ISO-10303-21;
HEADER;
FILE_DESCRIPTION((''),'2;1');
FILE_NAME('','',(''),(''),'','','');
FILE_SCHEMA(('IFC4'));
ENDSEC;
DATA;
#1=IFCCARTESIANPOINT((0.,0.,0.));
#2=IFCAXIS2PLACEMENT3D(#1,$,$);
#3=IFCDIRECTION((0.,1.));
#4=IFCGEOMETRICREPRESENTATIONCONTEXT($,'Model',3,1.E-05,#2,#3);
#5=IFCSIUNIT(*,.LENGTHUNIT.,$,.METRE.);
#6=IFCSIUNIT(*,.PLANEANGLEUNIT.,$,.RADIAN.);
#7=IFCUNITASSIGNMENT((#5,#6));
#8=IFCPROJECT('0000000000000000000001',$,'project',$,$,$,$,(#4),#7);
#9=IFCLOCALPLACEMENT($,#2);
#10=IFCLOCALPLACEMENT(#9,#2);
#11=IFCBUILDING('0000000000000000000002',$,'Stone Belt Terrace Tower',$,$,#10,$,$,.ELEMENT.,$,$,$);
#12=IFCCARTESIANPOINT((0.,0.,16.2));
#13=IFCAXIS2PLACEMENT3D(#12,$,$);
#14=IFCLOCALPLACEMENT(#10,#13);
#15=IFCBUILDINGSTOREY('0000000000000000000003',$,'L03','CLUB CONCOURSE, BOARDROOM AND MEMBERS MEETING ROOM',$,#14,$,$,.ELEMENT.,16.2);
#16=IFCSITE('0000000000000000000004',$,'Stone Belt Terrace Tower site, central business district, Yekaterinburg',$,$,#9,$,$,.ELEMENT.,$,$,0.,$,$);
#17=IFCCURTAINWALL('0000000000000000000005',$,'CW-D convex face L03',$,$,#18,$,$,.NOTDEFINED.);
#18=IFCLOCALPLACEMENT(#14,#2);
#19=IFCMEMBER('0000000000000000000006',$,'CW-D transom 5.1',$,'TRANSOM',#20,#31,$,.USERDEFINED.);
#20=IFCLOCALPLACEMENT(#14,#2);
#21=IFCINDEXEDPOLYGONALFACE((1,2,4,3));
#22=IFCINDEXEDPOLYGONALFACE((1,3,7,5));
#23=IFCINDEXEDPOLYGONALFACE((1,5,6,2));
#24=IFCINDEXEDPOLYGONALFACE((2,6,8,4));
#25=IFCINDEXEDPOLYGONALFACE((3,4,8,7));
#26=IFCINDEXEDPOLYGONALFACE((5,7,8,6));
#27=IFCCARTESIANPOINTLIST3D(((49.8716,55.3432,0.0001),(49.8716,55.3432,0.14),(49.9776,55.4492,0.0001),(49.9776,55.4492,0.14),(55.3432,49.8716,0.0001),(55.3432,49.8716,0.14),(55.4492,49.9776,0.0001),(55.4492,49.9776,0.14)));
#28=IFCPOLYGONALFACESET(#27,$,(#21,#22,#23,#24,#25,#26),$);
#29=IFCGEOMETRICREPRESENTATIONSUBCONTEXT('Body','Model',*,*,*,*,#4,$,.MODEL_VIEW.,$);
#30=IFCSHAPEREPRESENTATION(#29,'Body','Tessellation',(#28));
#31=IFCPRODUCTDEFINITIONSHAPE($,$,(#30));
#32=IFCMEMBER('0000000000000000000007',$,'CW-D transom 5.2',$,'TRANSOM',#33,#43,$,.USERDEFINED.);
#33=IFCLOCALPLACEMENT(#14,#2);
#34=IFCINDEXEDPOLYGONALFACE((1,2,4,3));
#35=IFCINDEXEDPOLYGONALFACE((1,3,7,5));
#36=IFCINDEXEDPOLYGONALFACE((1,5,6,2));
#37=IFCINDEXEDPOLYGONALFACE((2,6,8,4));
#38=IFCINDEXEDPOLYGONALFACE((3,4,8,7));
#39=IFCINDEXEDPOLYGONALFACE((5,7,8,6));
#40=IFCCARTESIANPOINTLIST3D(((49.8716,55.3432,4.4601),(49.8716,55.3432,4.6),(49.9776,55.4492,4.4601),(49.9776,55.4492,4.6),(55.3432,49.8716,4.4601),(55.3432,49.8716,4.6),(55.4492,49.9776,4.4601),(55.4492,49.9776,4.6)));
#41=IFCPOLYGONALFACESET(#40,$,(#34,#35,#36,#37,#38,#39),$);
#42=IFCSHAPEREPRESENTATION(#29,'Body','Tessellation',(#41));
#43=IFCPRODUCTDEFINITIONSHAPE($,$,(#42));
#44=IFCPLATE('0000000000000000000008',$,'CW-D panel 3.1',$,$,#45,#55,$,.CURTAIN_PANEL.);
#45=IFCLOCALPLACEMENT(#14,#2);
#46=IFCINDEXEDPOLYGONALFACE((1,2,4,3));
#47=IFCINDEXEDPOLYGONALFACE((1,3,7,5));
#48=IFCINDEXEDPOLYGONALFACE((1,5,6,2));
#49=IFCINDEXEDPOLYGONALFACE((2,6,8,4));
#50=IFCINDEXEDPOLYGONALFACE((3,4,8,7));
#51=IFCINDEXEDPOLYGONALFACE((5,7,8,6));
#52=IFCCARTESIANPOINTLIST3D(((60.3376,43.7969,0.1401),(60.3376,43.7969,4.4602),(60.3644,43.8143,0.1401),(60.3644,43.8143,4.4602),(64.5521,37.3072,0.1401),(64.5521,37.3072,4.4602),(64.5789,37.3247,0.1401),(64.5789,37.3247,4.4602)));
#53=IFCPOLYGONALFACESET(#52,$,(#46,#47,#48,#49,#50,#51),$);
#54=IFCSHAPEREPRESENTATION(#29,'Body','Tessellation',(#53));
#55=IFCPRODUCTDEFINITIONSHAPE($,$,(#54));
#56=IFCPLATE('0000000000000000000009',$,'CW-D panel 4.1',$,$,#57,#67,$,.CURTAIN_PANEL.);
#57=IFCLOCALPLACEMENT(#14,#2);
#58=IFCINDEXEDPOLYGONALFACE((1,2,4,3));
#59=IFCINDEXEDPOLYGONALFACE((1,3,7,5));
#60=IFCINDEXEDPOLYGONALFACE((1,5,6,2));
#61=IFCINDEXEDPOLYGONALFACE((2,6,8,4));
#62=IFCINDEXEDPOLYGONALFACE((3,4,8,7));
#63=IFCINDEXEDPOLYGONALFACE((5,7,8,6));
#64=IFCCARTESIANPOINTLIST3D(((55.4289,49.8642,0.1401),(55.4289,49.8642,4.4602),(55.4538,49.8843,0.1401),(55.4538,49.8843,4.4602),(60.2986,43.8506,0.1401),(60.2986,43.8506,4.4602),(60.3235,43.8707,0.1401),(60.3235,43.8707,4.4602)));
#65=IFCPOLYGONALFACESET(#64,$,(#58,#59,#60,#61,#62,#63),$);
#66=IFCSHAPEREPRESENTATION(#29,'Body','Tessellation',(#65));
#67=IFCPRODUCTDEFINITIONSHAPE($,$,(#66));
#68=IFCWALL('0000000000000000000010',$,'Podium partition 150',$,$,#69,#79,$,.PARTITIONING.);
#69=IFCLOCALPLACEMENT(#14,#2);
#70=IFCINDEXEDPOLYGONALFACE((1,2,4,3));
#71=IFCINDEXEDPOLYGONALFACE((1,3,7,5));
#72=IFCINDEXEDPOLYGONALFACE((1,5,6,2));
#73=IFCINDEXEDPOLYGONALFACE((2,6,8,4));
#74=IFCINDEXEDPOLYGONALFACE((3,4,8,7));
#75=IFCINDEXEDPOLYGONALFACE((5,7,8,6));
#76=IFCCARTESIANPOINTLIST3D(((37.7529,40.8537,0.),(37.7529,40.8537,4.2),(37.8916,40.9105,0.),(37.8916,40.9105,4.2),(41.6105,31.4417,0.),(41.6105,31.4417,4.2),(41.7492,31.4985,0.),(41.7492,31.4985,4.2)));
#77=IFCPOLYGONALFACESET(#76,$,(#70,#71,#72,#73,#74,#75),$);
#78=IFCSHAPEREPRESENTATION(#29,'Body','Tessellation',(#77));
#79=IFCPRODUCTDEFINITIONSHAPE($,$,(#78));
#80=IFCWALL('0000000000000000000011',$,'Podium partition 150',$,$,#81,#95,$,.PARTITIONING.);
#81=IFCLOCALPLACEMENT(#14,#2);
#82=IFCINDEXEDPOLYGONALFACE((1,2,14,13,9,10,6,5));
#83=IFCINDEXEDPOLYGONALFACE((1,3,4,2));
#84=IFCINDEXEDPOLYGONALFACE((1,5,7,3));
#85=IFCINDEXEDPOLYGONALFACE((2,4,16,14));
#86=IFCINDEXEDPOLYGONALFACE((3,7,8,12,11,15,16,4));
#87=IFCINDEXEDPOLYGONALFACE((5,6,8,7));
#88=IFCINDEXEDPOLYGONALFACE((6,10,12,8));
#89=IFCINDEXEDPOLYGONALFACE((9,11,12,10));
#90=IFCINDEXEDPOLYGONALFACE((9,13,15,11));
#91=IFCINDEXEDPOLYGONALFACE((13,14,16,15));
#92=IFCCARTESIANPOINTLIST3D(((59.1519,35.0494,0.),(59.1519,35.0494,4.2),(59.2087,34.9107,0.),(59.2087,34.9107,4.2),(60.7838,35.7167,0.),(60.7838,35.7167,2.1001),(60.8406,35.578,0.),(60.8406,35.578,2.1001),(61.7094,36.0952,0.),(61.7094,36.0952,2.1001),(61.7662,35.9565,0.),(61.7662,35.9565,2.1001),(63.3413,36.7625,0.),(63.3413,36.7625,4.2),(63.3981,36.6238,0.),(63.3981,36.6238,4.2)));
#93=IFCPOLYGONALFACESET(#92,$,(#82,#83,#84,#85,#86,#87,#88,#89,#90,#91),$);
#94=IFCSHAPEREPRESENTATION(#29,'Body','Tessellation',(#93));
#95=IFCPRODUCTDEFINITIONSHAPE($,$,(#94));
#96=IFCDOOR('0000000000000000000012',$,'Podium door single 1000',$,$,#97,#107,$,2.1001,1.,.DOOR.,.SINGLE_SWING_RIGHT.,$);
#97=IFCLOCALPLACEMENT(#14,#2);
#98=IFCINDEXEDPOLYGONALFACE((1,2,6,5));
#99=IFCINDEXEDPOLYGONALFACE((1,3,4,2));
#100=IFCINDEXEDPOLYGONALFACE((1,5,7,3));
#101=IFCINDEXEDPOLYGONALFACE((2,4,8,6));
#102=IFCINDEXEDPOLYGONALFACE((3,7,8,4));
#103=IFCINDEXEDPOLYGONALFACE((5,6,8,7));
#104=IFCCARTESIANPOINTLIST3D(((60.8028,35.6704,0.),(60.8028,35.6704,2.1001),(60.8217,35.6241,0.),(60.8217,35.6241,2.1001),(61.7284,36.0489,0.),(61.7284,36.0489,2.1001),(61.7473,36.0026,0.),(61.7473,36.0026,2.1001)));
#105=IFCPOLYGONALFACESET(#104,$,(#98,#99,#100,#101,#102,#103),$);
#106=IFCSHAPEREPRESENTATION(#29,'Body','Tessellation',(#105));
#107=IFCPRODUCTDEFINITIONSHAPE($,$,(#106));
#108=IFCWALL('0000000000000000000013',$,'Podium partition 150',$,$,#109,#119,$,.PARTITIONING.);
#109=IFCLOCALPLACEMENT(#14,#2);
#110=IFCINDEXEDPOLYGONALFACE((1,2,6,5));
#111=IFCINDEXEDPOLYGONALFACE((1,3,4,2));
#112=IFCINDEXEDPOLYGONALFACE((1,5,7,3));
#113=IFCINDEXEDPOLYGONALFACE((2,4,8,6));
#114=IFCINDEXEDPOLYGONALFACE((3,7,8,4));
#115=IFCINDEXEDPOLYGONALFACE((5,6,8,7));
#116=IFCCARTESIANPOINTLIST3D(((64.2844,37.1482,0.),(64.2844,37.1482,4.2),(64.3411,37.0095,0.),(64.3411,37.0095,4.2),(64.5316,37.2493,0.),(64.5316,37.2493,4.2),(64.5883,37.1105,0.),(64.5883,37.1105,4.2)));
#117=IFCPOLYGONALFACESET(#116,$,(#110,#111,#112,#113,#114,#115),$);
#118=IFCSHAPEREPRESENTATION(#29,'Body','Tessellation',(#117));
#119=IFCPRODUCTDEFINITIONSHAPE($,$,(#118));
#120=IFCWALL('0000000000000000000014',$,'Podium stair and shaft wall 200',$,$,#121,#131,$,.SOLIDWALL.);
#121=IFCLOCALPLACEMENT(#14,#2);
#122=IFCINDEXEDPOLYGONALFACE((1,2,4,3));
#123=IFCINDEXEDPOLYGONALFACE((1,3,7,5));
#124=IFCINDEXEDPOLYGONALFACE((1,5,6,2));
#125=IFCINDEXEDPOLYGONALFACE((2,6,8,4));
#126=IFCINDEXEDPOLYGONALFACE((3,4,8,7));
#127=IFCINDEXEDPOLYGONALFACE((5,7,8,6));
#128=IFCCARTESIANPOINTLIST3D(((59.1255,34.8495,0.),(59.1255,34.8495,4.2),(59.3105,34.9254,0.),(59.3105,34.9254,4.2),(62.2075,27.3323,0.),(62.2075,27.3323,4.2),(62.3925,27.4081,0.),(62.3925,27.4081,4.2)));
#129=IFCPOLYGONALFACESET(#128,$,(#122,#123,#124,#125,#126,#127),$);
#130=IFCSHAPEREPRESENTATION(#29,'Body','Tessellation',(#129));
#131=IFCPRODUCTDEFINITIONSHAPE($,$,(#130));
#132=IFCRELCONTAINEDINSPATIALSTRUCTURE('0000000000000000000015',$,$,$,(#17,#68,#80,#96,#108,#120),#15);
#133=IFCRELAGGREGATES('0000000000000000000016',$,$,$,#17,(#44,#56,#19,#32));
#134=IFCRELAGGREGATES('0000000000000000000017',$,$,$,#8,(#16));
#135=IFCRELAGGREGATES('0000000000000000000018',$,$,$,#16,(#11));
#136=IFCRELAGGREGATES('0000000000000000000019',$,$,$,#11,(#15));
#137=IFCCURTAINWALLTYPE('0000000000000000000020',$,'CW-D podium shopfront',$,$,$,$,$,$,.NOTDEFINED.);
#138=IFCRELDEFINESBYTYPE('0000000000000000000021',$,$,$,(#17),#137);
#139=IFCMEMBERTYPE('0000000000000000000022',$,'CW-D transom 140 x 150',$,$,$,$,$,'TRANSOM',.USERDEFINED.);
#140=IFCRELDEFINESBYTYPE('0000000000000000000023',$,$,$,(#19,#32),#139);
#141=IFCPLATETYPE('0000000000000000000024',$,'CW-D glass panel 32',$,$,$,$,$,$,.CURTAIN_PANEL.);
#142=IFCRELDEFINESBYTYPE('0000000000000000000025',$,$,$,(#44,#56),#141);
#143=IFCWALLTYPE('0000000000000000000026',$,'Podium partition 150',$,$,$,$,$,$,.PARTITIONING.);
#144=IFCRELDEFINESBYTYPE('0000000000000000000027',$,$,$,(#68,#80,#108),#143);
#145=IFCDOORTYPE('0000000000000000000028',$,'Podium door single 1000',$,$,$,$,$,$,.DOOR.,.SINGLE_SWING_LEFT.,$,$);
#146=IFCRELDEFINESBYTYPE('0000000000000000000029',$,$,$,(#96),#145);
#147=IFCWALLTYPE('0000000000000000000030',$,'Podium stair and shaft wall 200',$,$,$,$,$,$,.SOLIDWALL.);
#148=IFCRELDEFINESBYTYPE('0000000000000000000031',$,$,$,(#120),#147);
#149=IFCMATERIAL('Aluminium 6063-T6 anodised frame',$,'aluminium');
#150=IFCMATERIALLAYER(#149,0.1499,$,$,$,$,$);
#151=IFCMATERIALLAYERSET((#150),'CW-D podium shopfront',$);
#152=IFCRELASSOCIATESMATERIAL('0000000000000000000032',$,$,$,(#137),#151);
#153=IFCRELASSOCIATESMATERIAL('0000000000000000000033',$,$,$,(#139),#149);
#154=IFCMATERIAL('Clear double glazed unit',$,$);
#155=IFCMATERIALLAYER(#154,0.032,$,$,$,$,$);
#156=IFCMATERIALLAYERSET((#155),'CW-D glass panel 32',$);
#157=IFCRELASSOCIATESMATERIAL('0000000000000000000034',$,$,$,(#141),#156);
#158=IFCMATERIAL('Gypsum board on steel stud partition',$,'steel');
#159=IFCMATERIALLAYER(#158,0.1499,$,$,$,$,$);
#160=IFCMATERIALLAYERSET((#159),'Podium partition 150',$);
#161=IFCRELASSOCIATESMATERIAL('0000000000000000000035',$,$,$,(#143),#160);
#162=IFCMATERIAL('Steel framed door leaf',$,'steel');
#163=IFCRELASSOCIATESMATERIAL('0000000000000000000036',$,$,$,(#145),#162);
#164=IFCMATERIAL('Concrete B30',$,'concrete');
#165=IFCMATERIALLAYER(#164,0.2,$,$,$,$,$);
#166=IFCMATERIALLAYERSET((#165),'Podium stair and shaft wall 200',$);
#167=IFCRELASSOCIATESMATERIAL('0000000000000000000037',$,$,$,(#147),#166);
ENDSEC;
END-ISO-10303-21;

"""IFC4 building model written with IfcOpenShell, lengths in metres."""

from ifc_helpers import new_model, si_unit, direction, frame, frame_2d, origin, origin_2d, place, context, subcontext, project, spatial, rectangle, extrude, material, layer, layer_set, material_profile, profile_set, type_object, element, fill, aggregate, save


model = new_model("IFC4")

# Units and contexts
model_context = context("Model", 3, precision=1e-05, world=origin(), true_north=direction((0.0, 1.0)))
body_context = subcontext(model_context, "Body", "Model", "MODEL_VIEW")
ifc_project = project(units=[si_unit("LENGTHUNIT", "METRE"), si_unit("PLANEANGLEUNIT", "RADIAN")], contexts=[model_context])

# Site, building, storey
site_placement = place(None, origin())
site = spatial("IfcSite", under=ifc_project, at=site_placement, Name="Stone Belt Terrace Tower site, central business district, Yekaterinburg", CompositionType="ELEMENT", RefElevation=0.0)
building_placement = place(site_placement, origin())
building = spatial("IfcBuilding", under=site, at=building_placement, Name="Stone Belt Terrace Tower", CompositionType="ELEMENT")
storey_placement = place(building_placement, frame((0.0, 0.0, 16.2)))
storey = spatial("IfcBuildingStorey", under=building, at=storey_placement, Name="L03", Description="CLUB CONCOURSE, BOARDROOM AND MEMBERS MEETING ROOM", CompositionType="ELEMENT", Elevation=16.2)

# Curtain wall, members, plates
ifc_material_1 = material(Name="Aluminium 6063-T6 anodised frame", Category="aluminium")
ifc_layer_1 = layer(ifc_material_1, 0.1499)
ifc_layer_set_1 = layer_set([ifc_layer_1], Name="CW-D podium shopfront")
curtain_wall_type = type_object("IfcCurtainWallType", Name="CW-D podium shopfront", PredefinedType="NOTDEFINED", material=ifc_layer_set_1)
curtain_wall_placement = place(storey_placement, origin())
curtain_wall = element("IfcCurtainWall", 1, at=curtain_wall_placement, inside=storey, type_object=curtain_wall_type, Name="CW-D convex face L03", PredefinedType="NOTDEFINED")
ifc_material_profile_1 = material_profile(ifc_material_1, rectangle(XDim=0.1499, YDim=0.1399, at=origin_2d()), Name="Aluminium 6063-T6 150x140")
ifc_profile_set_1 = profile_set([ifc_material_profile_1], Name="Aluminium 6063-T6 anodised frame")
member_type_1 = type_object("IfcMemberType", Name="CW-D transom 140 x 150", ElementType="TRANSOM", PredefinedType="USERDEFINED", material=ifc_profile_set_1)
member_1_placement = place(storey_placement, frame((55.3962, 49.9246, 0.0701), z_axis=(-0.707107, 0.707107, 0.0), x_axis=(-0.707107, -0.707107, 0.0)))
member_1 = element("IfcMember", 2, at=member_1_placement, type_object=member_type_1, Name="CW-D transom 5.1", ObjectType="TRANSOM", PredefinedType="USERDEFINED", context=body_context, shape_type="SweptSolid", body=[
    extrude(rectangle(XDim=0.1499, YDim=0.1399, at=origin_2d()), origin(), (0.0, 0.0, 1.0), 7.738),
])
member_2_placement = place(storey_placement, frame((55.3962, 49.9246, 4.53), z_axis=(-0.707107, 0.707107, 0.0), x_axis=(-0.707107, -0.707107, 0.0)))
member_2 = element("IfcMember", 3, at=member_2_placement, type_object=member_type_1, Name="CW-D transom 5.2", ObjectType="TRANSOM", PredefinedType="USERDEFINED", context=body_context, shape_type="SweptSolid", body=[
    extrude(rectangle(XDim=0.1499, YDim=0.1399, at=origin_2d()), origin(), (0.0, 0.0, 1.0), 7.738),
])
ifc_material_2 = material(Name="Clear double glazed unit")
ifc_layer_2 = layer(ifc_material_2, 0.032)
ifc_layer_set_2 = layer_set([ifc_layer_2], Name="CW-D glass panel 32")
plate_type = type_object("IfcPlateType", Name="CW-D glass panel 32", PredefinedType="CURTAIN_PANEL", material=ifc_layer_set_2)
plate_1_placement = place(storey_placement, frame((62.4583, 40.5608, 0.1401), z_axis=(0.0, 0.0, 1.0), x_axis=(-0.544639, 0.838671, 0.0)))
plate_1 = element("IfcPlate", 4, at=plate_1_placement, type_object=plate_type, Name="CW-D panel 3.1", PredefinedType="CURTAIN_PANEL", context=body_context, shape_type="SweptSolid", body=[
    extrude(rectangle(XDim=7.738, YDim=0.032, at=origin_2d()), origin(), (0.0, 0.0, 1.0), 4.3201),
])
plate_2_placement = place(storey_placement, frame((57.8762, 46.8674, 0.1401), z_axis=(0.0, 0.0, 1.0), x_axis=(-0.62932, 0.777146, 0.0)))
plate_2 = element("IfcPlate", 5, at=plate_2_placement, type_object=plate_type, Name="CW-D panel 4.1", PredefinedType="CURTAIN_PANEL", context=body_context, shape_type="SweptSolid", body=[
    extrude(rectangle(XDim=7.738, YDim=0.032, at=origin_2d()), origin(), (0.0, 0.0, 1.0), 4.3201),
])
aggregate(curtain_wall, [plate_1, plate_2, member_1, member_2])

# Wall
ifc_material_3 = material(Name="Gypsum board on steel stud partition", Category="steel")
ifc_layer_3 = layer(ifc_material_3, 0.1499)
ifc_layer_set_3 = layer_set([ifc_layer_3], Name="Podium partition 150")
wall_type_1 = type_object("IfcWallType", Name="Podium partition 150", PredefinedType="PARTITIONING", material=ifc_layer_set_3)
wall_1_placement = place(storey_placement, frame((37.8223, 40.8821, 0.0), z_axis=(0.0, 0.0, 1.0), x_axis=(0.379244, -0.925297, 0.0)))
element("IfcWall", 6, at=wall_1_placement, inside=storey, type_object=wall_type_1, Name="Podium partition 150", PredefinedType="PARTITIONING", context=body_context, shape_type="SweptSolid", body=[
    extrude(rectangle(XDim=10.1719, YDim=0.1499, at=frame_2d((5.0859, 0.0))), origin(), (0.0, 0.0, 1.0), 4.2),
])

# Wall, opening, door
wall_2_placement = place(storey_placement, frame((59.1802, 34.98, 0.0), z_axis=(0.0, 0.0, 1.0), x_axis=(0.925604, 0.378494, 0.0)))
wall_2 = element("IfcWall", 7, at=wall_2_placement, inside=storey, type_object=wall_type_1, Name="Podium partition 150", PredefinedType="PARTITIONING", context=body_context, shape_type="SweptSolid", body=[
    extrude(rectangle(XDim=4.5261, YDim=0.1499, at=frame_2d((2.2632, 0.0))), origin(), (0.0, 0.0, 1.0), 4.2),
])
opening_placement = place(wall_2_placement, frame((1.7632, 0.0, 0.0)))
opening = element("IfcOpeningElement", 8, at=opening_placement, cuts=wall_2, PredefinedType="OPENING", context=body_context, shape_type="SweptSolid", body=[
    extrude(rectangle(XDim=1.0, YDim=2.1001, at=frame_2d((0.5, 1.05))), frame((0.0, 0.085, 0.0), z_axis=(0.0, -1.0, 0.0), x_axis=(1.0, 0.0, 0.0)), (0.0, 0.0, 1.0), 0.1699),
])
ifc_material_4 = material(Name="Steel framed door leaf", Category="steel")
door_type = type_object("IfcDoorType", Name="Podium door single 1000", OperationType="SINGLE_SWING_LEFT", PredefinedType="DOOR", material=ifc_material_4)
door_placement = place(opening_placement, origin())
door = element("IfcDoor", 9, at=door_placement, inside=storey, type_object=door_type, Name="Podium door single 1000", OperationType="SINGLE_SWING_RIGHT", OverallHeight=2.1001, OverallWidth=1.0, PredefinedType="DOOR", context=body_context, shape_type="SweptSolid", body=[
    extrude(rectangle(XDim=1.0, YDim=2.1001, at=frame_2d((0.5, 1.05))), frame((0.0, 0.0249, 0.0), z_axis=(0.0, -1.0, 0.0), x_axis=(1.0, 0.0, 0.0)), (0.0, 0.0, 1.0), 0.05),
])
fill(opening, door)

# Walls
wall_3_placement = place(storey_placement, frame((64.3127, 37.0789, 0.0), z_axis=(0.0, 0.0, 1.0), x_axis=(0.925678, 0.378313, 0.0)))
element("IfcWall", 10, at=wall_3_placement, inside=storey, type_object=wall_type_1, Name="Podium partition 150", PredefinedType="PARTITIONING", context=body_context, shape_type="SweptSolid", body=[
    extrude(rectangle(XDim=0.2671, YDim=0.1499, at=frame_2d((0.1335, 0.0))), origin(), (0.0, 0.0, 1.0), 4.2),
])
ifc_material_5 = material(Name="Concrete B30", Category="concrete")
ifc_layer_4 = layer(ifc_material_5, 0.2)
ifc_layer_set_4 = layer_set([ifc_layer_4], Name="Podium stair and shaft wall 200")
wall_type_2 = type_object("IfcWallType", Name="Podium stair and shaft wall 200", PredefinedType="SOLIDWALL", material=ifc_layer_set_4)
wall_4_placement = place(storey_placement, frame((59.218, 34.8875, 0.0), z_axis=(0.0, 0.0, 1.0), x_axis=(0.379345, -0.925255, 0.0)))
element("IfcWall", 11, at=wall_4_placement, inside=storey, type_object=wall_type_2, Name="Podium stair and shaft wall 200", PredefinedType="SOLIDWALL", context=body_context, shape_type="SweptSolid", body=[
    extrude(rectangle(XDim=8.1245, YDim=0.2, at=frame_2d((4.0623, 0.0))), origin(), (0.0, 0.0, 1.0), 4.2),
])

save(model, "model.ifc")
